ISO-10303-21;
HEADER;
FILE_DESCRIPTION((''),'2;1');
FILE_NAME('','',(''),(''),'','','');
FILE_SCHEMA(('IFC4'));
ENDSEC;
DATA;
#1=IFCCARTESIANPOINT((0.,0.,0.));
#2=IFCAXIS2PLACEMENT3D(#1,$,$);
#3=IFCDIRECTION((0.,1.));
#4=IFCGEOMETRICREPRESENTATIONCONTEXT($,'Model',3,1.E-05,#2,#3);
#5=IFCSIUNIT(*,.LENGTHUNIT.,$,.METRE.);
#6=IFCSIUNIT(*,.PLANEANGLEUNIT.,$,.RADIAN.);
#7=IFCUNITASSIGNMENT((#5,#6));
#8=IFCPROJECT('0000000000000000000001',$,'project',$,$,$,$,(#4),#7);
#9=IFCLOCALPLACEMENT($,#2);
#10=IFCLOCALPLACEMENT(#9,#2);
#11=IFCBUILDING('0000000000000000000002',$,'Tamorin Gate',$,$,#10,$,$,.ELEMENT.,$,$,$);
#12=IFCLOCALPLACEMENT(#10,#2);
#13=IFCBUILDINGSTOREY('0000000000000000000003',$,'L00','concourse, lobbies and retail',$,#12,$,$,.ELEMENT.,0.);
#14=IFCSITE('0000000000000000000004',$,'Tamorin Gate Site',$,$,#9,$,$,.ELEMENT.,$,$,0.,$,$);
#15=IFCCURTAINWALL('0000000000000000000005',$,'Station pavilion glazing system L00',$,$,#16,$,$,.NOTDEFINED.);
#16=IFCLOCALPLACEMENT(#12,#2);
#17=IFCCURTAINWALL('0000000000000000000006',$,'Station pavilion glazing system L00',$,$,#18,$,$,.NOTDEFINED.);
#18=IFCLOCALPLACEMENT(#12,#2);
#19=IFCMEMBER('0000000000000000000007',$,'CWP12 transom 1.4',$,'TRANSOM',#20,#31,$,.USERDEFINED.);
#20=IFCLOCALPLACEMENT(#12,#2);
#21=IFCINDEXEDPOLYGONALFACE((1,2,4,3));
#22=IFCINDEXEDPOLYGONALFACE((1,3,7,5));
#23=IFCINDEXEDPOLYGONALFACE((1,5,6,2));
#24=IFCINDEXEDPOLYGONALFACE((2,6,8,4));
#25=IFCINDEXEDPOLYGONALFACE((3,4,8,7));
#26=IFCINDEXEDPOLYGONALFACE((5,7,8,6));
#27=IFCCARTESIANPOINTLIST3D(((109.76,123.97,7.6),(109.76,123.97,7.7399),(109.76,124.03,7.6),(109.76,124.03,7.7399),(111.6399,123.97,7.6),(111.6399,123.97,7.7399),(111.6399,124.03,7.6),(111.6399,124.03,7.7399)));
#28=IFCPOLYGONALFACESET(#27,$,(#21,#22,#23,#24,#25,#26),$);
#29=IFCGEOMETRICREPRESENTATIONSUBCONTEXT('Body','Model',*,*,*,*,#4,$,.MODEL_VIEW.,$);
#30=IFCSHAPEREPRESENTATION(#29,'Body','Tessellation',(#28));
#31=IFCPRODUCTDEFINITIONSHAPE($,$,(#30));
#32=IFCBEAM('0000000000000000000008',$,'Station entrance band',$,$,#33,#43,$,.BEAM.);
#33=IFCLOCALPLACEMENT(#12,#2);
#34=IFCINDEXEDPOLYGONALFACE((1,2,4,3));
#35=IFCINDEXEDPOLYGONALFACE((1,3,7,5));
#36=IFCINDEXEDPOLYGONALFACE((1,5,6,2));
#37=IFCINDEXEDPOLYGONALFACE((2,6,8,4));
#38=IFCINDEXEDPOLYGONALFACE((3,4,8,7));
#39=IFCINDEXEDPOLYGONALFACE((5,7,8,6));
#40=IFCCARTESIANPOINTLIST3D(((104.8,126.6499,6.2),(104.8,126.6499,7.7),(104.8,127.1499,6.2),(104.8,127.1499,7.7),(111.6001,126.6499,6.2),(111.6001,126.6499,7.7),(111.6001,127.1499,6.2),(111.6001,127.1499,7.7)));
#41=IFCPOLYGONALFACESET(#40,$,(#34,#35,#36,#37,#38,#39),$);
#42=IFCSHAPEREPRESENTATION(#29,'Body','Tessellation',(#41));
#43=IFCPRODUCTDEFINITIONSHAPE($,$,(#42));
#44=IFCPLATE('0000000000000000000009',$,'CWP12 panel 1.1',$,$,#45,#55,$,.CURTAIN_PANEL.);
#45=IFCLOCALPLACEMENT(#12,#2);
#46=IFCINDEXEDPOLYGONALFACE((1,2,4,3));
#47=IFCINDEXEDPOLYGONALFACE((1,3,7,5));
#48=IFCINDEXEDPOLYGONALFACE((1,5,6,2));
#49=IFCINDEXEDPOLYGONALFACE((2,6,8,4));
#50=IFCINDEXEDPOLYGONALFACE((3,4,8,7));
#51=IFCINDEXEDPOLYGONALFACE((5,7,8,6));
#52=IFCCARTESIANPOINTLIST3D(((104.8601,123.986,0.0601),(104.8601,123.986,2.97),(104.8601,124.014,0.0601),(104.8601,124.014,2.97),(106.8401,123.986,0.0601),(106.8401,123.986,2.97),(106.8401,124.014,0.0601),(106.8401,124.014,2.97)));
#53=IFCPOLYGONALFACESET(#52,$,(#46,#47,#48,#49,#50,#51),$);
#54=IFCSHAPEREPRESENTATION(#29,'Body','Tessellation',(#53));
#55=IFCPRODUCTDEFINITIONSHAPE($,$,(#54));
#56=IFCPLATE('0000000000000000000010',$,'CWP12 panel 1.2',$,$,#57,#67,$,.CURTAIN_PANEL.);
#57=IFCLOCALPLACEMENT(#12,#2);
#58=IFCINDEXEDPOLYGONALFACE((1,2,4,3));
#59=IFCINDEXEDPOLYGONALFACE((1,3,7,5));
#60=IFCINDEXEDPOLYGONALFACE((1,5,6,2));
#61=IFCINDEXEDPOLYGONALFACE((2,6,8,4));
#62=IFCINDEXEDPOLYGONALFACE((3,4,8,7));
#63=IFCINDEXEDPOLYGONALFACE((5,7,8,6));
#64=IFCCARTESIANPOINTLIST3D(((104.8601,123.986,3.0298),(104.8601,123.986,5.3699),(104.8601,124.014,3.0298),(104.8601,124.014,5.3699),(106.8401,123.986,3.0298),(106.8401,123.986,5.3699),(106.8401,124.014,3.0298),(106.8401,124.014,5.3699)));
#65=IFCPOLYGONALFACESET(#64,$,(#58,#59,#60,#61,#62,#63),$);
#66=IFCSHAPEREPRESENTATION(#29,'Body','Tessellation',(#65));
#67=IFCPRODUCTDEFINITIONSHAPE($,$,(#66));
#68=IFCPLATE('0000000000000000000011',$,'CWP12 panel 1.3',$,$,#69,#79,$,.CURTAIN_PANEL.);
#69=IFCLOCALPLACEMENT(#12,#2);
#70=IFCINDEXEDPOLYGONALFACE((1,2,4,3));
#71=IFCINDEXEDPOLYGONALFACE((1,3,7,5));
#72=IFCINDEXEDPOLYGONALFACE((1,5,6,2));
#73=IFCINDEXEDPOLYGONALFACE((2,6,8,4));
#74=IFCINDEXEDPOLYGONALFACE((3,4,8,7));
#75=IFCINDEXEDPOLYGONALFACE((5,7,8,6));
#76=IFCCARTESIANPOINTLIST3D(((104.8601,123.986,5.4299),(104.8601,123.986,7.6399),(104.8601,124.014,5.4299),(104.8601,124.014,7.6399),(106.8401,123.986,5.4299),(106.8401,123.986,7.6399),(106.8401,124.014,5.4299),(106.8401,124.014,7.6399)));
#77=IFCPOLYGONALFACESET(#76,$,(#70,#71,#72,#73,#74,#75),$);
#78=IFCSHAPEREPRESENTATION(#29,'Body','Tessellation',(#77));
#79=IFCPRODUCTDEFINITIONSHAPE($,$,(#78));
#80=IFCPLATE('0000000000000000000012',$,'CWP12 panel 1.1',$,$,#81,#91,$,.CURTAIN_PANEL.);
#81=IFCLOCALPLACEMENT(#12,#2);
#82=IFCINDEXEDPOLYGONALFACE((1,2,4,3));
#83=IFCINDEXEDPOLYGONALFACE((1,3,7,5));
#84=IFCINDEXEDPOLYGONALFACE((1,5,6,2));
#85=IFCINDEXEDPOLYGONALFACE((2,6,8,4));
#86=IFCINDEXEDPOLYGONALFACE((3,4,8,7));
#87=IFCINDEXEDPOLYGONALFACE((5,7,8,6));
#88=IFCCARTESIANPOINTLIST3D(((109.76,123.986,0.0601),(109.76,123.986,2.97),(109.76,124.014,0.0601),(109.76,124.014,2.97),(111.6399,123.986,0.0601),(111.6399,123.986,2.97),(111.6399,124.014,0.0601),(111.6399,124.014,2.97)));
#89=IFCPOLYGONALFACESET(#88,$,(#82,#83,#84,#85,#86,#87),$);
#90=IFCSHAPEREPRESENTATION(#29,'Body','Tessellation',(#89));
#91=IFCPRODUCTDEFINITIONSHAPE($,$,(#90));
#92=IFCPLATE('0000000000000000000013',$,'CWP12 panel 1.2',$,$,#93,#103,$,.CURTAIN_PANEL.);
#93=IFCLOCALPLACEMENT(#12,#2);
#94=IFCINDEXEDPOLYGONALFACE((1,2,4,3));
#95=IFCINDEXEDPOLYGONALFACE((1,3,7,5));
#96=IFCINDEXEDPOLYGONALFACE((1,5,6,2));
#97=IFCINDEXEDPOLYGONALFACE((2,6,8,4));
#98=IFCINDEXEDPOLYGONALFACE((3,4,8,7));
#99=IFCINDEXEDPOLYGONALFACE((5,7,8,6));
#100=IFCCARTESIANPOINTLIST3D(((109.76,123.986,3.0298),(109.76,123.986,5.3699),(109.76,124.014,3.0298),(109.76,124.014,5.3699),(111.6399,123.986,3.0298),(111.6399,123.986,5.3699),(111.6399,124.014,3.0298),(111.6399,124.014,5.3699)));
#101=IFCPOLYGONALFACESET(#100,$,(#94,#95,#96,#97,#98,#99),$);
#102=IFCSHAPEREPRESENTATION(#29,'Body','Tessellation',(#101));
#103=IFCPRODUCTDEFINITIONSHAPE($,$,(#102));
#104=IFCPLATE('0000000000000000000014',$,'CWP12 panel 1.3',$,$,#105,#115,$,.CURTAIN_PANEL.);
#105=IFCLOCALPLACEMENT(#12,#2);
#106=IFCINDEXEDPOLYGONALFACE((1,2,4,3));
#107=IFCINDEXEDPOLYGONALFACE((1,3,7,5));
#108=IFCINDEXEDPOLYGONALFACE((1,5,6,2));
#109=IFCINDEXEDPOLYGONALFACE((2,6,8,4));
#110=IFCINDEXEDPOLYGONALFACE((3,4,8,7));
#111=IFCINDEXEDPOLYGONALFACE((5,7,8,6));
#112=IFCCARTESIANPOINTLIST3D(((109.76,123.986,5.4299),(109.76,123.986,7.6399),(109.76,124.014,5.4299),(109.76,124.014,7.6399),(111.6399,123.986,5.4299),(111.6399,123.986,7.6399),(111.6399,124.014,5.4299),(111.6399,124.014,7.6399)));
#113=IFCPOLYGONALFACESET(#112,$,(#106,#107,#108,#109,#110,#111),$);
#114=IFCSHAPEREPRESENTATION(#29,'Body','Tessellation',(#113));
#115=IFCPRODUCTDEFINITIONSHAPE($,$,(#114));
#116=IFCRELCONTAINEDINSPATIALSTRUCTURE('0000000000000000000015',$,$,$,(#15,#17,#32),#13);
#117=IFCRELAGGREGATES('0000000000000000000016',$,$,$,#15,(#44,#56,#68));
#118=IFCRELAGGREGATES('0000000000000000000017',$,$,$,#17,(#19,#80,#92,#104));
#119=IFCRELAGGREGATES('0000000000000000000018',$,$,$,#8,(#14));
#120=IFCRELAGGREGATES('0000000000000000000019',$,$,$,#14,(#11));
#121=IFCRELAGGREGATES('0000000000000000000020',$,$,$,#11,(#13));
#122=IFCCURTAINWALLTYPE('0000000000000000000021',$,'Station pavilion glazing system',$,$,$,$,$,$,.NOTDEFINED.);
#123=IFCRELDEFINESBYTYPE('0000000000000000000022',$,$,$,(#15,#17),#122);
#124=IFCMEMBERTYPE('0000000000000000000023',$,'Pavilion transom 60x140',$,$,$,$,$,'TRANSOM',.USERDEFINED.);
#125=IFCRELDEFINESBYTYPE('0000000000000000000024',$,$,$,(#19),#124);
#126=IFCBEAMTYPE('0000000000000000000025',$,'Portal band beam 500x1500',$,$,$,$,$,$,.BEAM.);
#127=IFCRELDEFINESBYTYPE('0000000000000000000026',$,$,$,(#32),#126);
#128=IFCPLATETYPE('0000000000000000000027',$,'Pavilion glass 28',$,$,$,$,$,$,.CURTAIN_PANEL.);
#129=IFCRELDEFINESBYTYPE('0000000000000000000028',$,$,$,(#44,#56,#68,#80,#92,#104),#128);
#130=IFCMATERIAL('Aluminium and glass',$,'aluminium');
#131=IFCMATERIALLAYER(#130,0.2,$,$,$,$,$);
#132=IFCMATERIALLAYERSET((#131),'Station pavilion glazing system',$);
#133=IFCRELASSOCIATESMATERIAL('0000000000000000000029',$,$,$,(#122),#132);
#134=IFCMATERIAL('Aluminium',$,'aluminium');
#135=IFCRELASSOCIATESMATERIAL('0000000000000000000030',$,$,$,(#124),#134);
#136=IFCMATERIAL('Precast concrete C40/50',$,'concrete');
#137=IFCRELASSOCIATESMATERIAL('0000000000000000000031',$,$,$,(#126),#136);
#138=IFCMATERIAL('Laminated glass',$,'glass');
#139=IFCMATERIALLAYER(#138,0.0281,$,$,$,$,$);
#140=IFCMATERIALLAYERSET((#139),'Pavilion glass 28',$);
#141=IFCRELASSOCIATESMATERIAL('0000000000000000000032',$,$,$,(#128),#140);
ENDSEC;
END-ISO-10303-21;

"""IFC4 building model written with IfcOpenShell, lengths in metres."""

from ifc_helpers import new_model, si_unit, direction, frame, origin, origin_2d, place, context, subcontext, project, spatial, rectangle, extrude, material, layer, layer_set, material_profile, profile_set, type_object, element, aggregate, save


model = new_model("IFC4")

# Units and contexts
model_context = context("Model", 3, precision=1e-05, world=origin(), true_north=direction((0.0, 1.0)))
body_context = subcontext(model_context, "Body", "Model", "MODEL_VIEW")
ifc_project = project(units=[si_unit("LENGTHUNIT", "METRE"), si_unit("PLANEANGLEUNIT", "RADIAN")], contexts=[model_context])

# Site, building, storey
site_placement = place(None, origin())
site = spatial("IfcSite", under=ifc_project, at=site_placement, Name="Tamorin Gate Site", CompositionType="ELEMENT", RefElevation=0.0)
building_placement = place(site_placement, origin())
building = spatial("IfcBuilding", under=site, at=building_placement, Name="Tamorin Gate", CompositionType="ELEMENT")
storey_placement = place(building_placement, origin())
storey = spatial("IfcBuildingStorey", under=building, at=storey_placement, Name="L00", Description="concourse, lobbies and retail", CompositionType="ELEMENT", Elevation=0.0)

# Curtain walls
ifc_material_1 = material(Name="Aluminium and glass", Category="aluminium")
ifc_layer_1 = layer(ifc_material_1, 0.2)
ifc_layer_set_1 = layer_set([ifc_layer_1], Name="Station pavilion glazing system")
curtain_wall_type = type_object("IfcCurtainWallType", Name="Station pavilion glazing system", PredefinedType="NOTDEFINED", material=ifc_layer_set_1)
curtain_wall_1_placement = place(storey_placement, origin())
curtain_wall_1 = element("IfcCurtainWall", 1, at=curtain_wall_1_placement, inside=storey, type_object=curtain_wall_type, Name="Station pavilion glazing system L00", PredefinedType="NOTDEFINED")
ifc_material_2 = material(Name="Aluminium", Category="aluminium")
curtain_wall_2_placement = place(storey_placement, origin())
curtain_wall_2 = element("IfcCurtainWall", 2, at=curtain_wall_2_placement, inside=storey, type_object=curtain_wall_type, Name="Station pavilion glazing system L00", PredefinedType="NOTDEFINED")

# Member
ifc_material_profile_1 = material_profile(ifc_material_2, rectangle(XDim=0.0601, YDim=0.1399, at=origin_2d()), Name="RECT 60x140")
ifc_profile_set_1 = profile_set([ifc_material_profile_1], Name="Aluminium")
member_type_1 = type_object("IfcMemberType", Name="Pavilion transom 60x140", ElementType="TRANSOM", PredefinedType="USERDEFINED", material=ifc_profile_set_1)
member_1_placement = place(storey_placement, frame((109.76, 124.0, 7.6699), z_axis=(1.0, 0.0, 0.0), x_axis=(0.0, 1.0, 0.0)))
member_1 = element("IfcMember", 3, at=member_1_placement, type_object=member_type_1, Name="CWP12 transom 1.4", ObjectType="TRANSOM", PredefinedType="USERDEFINED", context=body_context, shape_type="SweptSolid", body=[
    extrude(rectangle(XDim=0.0601, YDim=0.1399, at=origin_2d()), origin(), (0.0, 0.0, 1.0), 1.8799),
])

# Beam
ifc_material_3 = material(Name="Precast concrete C40/50", Category="concrete")
ifc_material_profile_2 = material_profile(ifc_material_3, rectangle(XDim=0.5, YDim=1.5, at=origin_2d()), Name="RC 500x1500")
ifc_profile_set_2 = profile_set([ifc_material_profile_2], Name="Precast concrete C40/50")
beam_type = type_object("IfcBeamType", Name="Portal band beam 500x1500", PredefinedType="BEAM", material=ifc_profile_set_2)
beam_placement = place(storey_placement, frame((104.8, 126.8999, 6.95), z_axis=(1.0, 0.0, 0.0), x_axis=(0.0, 1.0, 0.0)))
element("IfcBeam", 4, at=beam_placement, inside=storey, type_object=beam_type, Name="Station entrance band", PredefinedType="BEAM", context=body_context, shape_type="SweptSolid", body=[
    extrude(rectangle(XDim=0.5, YDim=1.5, at=origin_2d()), origin(), (0.0, 0.0, 1.0), 6.8),
])

# Plates
ifc_material_4 = material(Name="Laminated glass", Category="glass")
ifc_layer_2 = layer(ifc_material_4, 0.0281)
ifc_layer_set_2 = layer_set([ifc_layer_2], Name="Pavilion glass 28")
plate_type = type_object("IfcPlateType", Name="Pavilion glass 28", PredefinedType="CURTAIN_PANEL", material=ifc_layer_set_2)
plate_1_placement = place(storey_placement, frame((105.8501, 124.0, 0.0601), z_axis=(0.0, 0.0, 1.0), x_axis=(1.0, 0.0, 0.0)))
plate_1 = element("IfcPlate", 5, at=plate_1_placement, type_object=plate_type, Name="CWP12 panel 1.1", PredefinedType="CURTAIN_PANEL", context=body_context, shape_type="SweptSolid", body=[
    extrude(rectangle(XDim=1.98, YDim=0.0281, at=origin_2d()), origin(), (0.0, 0.0, 1.0), 2.9099),
])
plate_2_placement = place(storey_placement, frame((105.8501, 124.0, 3.0298), z_axis=(0.0, 0.0, 1.0), x_axis=(1.0, 0.0, 0.0)))
plate_2 = element("IfcPlate", 6, at=plate_2_placement, type_object=plate_type, Name="CWP12 panel 1.2", PredefinedType="CURTAIN_PANEL", context=body_context, shape_type="SweptSolid", body=[
    extrude(rectangle(XDim=1.98, YDim=0.0281, at=origin_2d()), origin(), (0.0, 0.0, 1.0), 2.3401),
])
plate_3_placement = place(storey_placement, frame((105.8501, 124.0, 5.4299), z_axis=(0.0, 0.0, 1.0), x_axis=(1.0, 0.0, 0.0)))
plate_3 = element("IfcPlate", 7, at=plate_3_placement, type_object=plate_type, Name="CWP12 panel 1.3", PredefinedType="CURTAIN_PANEL", context=body_context, shape_type="SweptSolid", body=[
    extrude(rectangle(XDim=1.98, YDim=0.0281, at=origin_2d()), origin(), (0.0, 0.0, 1.0), 2.21),
])
aggregate(curtain_wall_1, [plate_1, plate_2, plate_3])
plate_4_placement = place(storey_placement, frame((110.7, 124.0, 0.0601), z_axis=(0.0, 0.0, 1.0), x_axis=(1.0, 0.0, 0.0)))
plate_4 = element("IfcPlate", 8, at=plate_4_placement, type_object=plate_type, Name="CWP12 panel 1.1", PredefinedType="CURTAIN_PANEL", context=body_context, shape_type="SweptSolid", body=[
    extrude(rectangle(XDim=1.8799, YDim=0.0281, at=origin_2d()), origin(), (0.0, 0.0, 1.0), 2.9099),
])
plate_5_placement = place(storey_placement, frame((110.7, 124.0, 3.0298), z_axis=(0.0, 0.0, 1.0), x_axis=(1.0, 0.0, 0.0)))
plate_5 = element("IfcPlate", 9, at=plate_5_placement, type_object=plate_type, Name="CWP12 panel 1.2", PredefinedType="CURTAIN_PANEL", context=body_context, shape_type="SweptSolid", body=[
    extrude(rectangle(XDim=1.8799, YDim=0.0281, at=origin_2d()), origin(), (0.0, 0.0, 1.0), 2.3401),
])
plate_6_placement = place(storey_placement, frame((110.7, 124.0, 5.4299), z_axis=(0.0, 0.0, 1.0), x_axis=(1.0, 0.0, 0.0)))
plate_6 = element("IfcPlate", 10, at=plate_6_placement, type_object=plate_type, Name="CWP12 panel 1.3", PredefinedType="CURTAIN_PANEL", context=body_context, shape_type="SweptSolid", body=[
    extrude(rectangle(XDim=1.8799, YDim=0.0281, at=origin_2d()), origin(), (0.0, 0.0, 1.0), 2.21),
])
aggregate(curtain_wall_2, [member_1, plate_4, plate_5, plate_6])

save(model, "model.ifc")
